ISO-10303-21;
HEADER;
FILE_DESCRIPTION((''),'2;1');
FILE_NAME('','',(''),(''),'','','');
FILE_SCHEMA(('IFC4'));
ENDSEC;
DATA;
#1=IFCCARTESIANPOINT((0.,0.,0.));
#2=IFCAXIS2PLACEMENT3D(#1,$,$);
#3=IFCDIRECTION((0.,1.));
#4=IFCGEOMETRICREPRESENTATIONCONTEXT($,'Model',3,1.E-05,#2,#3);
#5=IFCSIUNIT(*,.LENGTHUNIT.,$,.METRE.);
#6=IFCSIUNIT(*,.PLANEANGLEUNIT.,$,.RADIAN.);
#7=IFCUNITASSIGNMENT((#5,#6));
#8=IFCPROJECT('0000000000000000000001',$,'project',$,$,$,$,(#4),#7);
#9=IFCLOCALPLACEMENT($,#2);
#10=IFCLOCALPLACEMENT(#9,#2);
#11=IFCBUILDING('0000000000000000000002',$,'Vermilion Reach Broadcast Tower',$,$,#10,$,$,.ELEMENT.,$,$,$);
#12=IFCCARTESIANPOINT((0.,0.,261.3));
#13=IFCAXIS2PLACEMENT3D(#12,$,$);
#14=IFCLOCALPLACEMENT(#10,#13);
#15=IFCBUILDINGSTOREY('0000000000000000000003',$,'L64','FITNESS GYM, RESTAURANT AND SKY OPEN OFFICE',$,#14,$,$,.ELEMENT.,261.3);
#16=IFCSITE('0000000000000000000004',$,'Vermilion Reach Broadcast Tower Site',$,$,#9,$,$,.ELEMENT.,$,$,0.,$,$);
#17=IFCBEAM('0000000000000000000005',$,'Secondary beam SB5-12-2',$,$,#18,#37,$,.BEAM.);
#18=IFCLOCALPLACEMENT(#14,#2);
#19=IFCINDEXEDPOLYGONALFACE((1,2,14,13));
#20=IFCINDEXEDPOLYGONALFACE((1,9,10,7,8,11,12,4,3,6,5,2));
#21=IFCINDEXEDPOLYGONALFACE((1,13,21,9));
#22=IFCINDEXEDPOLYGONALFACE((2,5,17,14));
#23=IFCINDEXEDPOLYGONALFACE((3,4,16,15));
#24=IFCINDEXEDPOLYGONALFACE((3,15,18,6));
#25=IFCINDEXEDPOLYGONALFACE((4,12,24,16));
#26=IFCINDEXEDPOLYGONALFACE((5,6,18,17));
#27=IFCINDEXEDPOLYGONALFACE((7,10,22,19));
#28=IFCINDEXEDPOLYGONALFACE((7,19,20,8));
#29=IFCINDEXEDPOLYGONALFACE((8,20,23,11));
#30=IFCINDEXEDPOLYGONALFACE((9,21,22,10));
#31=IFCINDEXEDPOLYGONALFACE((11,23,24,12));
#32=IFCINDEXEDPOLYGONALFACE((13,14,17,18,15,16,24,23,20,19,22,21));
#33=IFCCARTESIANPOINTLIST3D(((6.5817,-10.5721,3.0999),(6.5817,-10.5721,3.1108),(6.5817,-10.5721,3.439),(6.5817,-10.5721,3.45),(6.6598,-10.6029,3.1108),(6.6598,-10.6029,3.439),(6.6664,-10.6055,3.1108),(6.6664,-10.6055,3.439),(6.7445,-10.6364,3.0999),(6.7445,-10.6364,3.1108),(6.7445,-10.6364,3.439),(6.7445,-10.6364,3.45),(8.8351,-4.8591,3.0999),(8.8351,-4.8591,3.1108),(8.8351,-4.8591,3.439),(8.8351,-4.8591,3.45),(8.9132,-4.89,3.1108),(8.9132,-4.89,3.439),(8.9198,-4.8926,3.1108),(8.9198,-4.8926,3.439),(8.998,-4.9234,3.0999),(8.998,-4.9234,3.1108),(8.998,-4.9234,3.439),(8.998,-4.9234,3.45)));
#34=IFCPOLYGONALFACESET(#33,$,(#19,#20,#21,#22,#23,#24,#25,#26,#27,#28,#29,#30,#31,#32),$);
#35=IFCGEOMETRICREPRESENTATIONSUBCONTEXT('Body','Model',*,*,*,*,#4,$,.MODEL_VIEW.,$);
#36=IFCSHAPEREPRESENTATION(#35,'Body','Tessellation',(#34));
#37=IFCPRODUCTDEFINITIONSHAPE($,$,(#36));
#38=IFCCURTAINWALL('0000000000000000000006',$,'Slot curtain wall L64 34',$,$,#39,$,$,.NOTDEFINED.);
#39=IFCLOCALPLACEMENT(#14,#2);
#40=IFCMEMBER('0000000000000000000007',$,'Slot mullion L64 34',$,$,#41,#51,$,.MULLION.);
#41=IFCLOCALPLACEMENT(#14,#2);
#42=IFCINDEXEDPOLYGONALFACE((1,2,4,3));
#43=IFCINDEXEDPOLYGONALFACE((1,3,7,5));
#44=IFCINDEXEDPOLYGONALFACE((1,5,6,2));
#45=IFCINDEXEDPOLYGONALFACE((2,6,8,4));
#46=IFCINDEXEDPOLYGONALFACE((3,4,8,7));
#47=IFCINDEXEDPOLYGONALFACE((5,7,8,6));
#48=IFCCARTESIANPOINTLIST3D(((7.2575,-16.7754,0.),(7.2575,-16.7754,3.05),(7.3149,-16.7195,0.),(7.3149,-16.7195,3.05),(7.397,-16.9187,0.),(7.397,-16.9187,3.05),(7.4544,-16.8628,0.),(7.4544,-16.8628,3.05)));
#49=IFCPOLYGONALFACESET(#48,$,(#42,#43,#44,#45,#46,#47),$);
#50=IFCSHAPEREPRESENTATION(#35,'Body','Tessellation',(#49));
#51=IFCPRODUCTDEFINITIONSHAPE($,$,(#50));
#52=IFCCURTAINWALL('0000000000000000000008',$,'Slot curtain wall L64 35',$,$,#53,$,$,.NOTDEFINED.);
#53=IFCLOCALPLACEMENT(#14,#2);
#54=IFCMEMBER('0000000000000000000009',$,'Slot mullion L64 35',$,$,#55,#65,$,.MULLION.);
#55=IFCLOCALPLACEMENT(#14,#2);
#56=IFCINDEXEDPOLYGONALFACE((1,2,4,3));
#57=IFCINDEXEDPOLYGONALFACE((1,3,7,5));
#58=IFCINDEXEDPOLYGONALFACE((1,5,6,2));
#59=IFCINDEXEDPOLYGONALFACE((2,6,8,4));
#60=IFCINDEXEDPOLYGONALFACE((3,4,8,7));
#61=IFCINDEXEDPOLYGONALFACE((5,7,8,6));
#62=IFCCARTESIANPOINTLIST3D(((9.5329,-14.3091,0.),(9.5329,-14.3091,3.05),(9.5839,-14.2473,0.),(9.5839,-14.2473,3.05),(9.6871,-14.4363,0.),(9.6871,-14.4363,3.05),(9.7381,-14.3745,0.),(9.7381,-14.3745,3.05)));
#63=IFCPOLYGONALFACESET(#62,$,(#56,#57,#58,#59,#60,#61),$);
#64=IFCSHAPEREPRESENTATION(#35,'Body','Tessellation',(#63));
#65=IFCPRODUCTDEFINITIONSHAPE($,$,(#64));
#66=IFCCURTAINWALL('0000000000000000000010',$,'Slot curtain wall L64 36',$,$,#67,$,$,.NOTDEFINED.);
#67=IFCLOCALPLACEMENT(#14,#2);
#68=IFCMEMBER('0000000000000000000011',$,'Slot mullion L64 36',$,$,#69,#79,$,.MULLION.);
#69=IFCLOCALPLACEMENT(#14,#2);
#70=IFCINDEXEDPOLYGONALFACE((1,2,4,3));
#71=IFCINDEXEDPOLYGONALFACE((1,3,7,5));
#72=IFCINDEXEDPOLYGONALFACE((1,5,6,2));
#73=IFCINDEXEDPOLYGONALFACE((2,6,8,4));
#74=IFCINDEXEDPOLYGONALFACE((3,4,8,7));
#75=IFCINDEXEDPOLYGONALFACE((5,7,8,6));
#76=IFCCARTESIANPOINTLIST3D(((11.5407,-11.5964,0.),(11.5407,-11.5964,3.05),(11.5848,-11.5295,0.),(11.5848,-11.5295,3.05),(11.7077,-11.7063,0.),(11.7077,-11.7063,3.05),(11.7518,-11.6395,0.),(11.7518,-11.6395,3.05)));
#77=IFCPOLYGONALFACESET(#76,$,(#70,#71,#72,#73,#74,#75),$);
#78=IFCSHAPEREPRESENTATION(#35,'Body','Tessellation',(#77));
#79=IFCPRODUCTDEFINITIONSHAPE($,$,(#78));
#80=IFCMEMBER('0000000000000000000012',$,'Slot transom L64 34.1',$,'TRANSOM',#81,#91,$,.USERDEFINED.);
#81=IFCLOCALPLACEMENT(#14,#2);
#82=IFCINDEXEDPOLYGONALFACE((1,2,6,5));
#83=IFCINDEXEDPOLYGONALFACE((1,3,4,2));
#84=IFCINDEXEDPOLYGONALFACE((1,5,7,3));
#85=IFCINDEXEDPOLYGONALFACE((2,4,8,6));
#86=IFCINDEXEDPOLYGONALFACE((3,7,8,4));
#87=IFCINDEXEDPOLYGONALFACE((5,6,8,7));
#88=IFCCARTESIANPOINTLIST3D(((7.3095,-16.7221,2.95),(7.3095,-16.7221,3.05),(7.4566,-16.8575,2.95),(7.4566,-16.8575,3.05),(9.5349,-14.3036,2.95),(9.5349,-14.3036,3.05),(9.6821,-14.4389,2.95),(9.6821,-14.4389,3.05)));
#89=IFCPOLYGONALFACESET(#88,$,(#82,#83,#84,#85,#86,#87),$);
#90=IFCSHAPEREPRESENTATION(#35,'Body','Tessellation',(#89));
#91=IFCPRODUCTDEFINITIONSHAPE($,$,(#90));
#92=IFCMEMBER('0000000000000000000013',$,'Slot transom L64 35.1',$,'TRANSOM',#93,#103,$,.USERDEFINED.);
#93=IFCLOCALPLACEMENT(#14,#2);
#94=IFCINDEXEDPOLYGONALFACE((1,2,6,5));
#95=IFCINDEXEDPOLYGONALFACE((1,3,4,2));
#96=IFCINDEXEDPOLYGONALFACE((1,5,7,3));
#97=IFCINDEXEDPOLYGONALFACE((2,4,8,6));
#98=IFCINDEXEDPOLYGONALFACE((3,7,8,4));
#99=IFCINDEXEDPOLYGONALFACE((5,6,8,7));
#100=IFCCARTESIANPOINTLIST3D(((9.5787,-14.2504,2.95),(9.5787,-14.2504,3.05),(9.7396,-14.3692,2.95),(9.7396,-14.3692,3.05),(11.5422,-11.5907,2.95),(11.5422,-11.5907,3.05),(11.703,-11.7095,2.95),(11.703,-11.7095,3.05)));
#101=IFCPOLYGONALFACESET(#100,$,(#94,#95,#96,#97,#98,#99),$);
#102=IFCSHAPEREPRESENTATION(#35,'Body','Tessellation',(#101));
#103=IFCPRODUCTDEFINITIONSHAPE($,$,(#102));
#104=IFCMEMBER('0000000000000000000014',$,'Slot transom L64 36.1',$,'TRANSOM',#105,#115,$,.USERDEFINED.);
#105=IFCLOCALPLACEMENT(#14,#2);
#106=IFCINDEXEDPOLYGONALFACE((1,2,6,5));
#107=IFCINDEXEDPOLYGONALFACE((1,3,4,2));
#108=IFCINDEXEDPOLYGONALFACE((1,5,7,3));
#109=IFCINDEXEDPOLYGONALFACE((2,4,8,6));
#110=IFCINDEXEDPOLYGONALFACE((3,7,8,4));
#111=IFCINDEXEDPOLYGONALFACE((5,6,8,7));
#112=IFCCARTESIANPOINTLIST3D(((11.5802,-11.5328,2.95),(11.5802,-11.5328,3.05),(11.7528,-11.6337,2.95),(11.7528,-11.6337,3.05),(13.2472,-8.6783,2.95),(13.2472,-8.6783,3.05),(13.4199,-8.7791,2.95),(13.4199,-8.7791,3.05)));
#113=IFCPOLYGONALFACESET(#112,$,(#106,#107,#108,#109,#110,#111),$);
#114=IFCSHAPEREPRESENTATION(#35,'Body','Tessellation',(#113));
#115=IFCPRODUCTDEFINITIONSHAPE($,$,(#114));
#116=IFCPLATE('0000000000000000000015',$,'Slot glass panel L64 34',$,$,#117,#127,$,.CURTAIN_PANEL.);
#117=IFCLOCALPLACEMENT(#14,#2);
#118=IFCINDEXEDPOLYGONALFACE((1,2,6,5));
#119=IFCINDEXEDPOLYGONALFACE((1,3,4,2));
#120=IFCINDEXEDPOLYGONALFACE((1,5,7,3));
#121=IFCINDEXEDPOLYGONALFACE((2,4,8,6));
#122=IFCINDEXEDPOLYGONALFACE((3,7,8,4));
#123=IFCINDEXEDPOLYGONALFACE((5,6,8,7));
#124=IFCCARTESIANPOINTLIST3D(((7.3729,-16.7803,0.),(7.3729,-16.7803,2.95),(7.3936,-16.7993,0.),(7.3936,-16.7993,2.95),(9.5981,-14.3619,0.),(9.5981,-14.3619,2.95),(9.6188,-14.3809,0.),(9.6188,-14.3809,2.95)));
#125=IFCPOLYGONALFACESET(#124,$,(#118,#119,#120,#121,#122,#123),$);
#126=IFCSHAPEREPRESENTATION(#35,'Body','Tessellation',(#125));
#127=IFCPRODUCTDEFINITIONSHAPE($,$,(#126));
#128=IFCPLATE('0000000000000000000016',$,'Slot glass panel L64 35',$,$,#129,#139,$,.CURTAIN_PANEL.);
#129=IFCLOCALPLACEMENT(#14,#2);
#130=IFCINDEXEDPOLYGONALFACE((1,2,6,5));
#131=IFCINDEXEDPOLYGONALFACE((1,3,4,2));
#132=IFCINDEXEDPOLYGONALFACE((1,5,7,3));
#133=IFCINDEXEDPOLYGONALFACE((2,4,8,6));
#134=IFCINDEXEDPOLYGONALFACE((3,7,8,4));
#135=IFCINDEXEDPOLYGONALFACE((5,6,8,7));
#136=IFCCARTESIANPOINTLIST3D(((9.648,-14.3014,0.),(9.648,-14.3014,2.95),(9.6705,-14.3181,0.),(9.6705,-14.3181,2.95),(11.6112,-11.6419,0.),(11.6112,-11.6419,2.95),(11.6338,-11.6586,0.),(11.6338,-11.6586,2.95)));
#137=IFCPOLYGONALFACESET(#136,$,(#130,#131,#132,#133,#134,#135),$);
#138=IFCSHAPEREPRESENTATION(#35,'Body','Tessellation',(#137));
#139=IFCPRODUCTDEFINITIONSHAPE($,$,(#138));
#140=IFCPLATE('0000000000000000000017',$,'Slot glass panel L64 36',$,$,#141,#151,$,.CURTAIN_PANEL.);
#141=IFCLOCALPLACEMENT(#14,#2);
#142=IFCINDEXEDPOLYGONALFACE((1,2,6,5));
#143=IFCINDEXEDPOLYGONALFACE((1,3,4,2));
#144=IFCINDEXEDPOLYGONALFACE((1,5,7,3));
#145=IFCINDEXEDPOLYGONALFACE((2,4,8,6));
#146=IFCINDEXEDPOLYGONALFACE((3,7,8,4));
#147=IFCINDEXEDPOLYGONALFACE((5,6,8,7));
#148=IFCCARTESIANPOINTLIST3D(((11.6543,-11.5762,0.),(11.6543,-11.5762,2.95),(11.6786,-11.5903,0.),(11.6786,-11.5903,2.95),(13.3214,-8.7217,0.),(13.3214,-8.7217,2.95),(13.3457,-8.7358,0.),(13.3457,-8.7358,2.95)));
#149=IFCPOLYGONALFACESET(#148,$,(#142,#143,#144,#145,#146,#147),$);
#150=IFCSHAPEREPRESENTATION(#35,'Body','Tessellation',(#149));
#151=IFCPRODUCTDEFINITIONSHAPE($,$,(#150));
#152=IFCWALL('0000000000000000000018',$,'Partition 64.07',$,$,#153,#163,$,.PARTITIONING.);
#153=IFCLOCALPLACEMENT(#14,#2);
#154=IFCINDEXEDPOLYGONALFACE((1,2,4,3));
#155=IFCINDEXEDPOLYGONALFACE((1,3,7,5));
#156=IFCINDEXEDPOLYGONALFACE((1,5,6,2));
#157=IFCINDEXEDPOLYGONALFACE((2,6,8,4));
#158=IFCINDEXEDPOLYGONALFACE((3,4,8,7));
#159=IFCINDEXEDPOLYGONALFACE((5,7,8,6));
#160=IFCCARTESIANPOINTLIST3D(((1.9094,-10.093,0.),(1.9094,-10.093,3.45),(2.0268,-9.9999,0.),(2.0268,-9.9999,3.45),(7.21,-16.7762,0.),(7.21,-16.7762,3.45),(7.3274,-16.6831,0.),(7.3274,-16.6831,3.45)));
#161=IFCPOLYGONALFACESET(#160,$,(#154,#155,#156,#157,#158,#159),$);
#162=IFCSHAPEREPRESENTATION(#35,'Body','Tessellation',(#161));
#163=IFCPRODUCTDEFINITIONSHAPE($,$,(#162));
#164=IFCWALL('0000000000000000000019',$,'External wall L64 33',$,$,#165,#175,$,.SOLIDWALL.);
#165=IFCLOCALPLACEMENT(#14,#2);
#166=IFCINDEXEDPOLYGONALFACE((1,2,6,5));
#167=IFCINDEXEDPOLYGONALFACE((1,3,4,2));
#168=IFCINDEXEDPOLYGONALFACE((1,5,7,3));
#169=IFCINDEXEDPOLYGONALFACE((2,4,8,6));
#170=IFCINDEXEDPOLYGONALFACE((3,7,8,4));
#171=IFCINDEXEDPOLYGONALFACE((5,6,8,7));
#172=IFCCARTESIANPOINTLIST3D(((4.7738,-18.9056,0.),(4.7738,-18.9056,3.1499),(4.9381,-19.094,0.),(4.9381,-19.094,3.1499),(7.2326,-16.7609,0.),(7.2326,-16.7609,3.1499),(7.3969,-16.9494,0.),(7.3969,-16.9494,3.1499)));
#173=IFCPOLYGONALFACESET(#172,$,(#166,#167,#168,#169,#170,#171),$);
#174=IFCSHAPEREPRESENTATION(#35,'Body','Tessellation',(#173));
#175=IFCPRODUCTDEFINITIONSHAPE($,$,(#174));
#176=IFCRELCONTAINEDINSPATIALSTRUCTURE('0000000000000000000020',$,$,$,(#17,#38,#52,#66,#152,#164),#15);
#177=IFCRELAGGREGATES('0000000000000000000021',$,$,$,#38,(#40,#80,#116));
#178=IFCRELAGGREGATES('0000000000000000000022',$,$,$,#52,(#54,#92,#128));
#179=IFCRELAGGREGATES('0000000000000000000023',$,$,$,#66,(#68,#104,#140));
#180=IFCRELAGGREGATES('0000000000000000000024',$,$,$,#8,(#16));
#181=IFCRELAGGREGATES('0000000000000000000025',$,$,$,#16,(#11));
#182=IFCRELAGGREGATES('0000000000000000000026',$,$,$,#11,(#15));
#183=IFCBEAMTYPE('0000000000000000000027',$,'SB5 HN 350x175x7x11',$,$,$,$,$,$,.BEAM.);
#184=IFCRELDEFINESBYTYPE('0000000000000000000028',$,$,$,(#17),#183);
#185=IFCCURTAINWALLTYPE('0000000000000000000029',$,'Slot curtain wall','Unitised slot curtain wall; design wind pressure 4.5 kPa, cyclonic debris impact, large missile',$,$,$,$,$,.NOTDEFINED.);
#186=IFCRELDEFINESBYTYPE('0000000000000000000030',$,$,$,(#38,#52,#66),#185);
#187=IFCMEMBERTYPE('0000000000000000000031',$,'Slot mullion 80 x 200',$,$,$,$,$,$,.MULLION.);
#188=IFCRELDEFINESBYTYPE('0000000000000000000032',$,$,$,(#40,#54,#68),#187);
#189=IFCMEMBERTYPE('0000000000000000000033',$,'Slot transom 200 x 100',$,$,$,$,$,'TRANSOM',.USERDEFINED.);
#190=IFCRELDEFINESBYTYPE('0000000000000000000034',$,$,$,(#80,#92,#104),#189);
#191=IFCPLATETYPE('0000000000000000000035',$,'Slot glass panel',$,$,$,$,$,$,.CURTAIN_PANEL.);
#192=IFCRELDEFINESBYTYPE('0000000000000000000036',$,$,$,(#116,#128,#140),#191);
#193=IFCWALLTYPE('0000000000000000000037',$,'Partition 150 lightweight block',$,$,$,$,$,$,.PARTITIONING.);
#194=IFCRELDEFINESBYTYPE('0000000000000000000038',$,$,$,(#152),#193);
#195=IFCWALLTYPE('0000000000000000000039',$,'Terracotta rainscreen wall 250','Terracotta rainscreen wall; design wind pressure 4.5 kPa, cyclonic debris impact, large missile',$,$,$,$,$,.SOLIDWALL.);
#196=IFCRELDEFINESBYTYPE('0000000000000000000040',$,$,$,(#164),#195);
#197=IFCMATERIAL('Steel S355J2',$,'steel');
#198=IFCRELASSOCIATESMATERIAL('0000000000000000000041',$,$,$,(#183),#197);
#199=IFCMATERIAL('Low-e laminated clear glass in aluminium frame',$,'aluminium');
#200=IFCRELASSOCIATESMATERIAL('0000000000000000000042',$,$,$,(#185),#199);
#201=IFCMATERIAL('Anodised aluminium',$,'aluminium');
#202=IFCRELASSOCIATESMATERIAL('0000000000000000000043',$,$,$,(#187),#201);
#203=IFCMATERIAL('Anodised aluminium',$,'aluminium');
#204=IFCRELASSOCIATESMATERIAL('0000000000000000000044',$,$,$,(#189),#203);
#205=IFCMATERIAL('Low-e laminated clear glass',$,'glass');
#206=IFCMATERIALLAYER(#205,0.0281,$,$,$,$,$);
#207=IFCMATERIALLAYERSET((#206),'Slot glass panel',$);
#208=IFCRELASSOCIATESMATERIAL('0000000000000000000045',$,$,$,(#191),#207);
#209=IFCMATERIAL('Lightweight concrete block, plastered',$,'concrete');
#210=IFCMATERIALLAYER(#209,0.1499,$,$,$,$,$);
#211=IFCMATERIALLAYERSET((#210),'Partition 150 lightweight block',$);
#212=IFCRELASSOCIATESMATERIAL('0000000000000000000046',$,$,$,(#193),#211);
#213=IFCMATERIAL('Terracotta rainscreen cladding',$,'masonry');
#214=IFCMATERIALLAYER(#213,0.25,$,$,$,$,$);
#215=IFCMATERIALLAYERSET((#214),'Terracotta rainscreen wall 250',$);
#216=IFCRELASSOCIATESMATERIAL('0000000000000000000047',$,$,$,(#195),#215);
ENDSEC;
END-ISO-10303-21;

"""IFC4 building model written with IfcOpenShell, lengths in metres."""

from ifc_helpers import new_model, si_unit, direction, frame, frame_2d, origin, origin_2d, place, context, subcontext, project, spatial, rectangle, i_section, extrude, material, layer, layer_set, material_profile, profile_set, type_object, element, aggregate, save


model = new_model("IFC4")

# Units and contexts
model_context = context("Model", 3, precision=1e-05, world=origin(), true_north=direction((0.0, 1.0)))
body_context = subcontext(model_context, "Body", "Model", "MODEL_VIEW")
ifc_project = project(units=[si_unit("LENGTHUNIT", "METRE"), si_unit("PLANEANGLEUNIT", "RADIAN")], contexts=[model_context])

# Site, building, storey
site_placement = place(None, origin())
site = spatial("IfcSite", under=ifc_project, at=site_placement, Name="Vermilion Reach Broadcast Tower Site", CompositionType="ELEMENT", RefElevation=0.0)
building_placement = place(site_placement, origin())
building = spatial("IfcBuilding", under=site, at=building_placement, Name="Vermilion Reach Broadcast Tower", CompositionType="ELEMENT")
storey_placement = place(building_placement, frame((0.0, 0.0, 261.3)))
storey = spatial("IfcBuildingStorey", under=building, at=storey_placement, Name="L64", Description="FITNESS GYM, RESTAURANT AND SKY OPEN OFFICE", CompositionType="ELEMENT", Elevation=261.3)

# Beam
ifc_material_1 = material(Name="Steel S355J2", Category="steel")
ifc_material_profile_1 = material_profile(ifc_material_1, i_section(OverallWidth=0.175, OverallDepth=0.3501, WebThickness=0.0071, FlangeThickness=0.011, at=origin_2d()), Name="S355J2 HN 350x175x7x11")
ifc_profile_set_1 = profile_set([ifc_material_profile_1], Name="Steel S355J2")
beam_type_1 = type_object("IfcBeamType", Name="SB5 HN 350x175x7x11", PredefinedType="BEAM", material=ifc_profile_set_1)
beam_1_placement = place(storey_placement, frame((6.6631, -10.6042, 3.2749), z_axis=(0.366931, 0.930248, 0.0), x_axis=(-0.930248, 0.366931, 0.0)))
element("IfcBeam", 1, at=beam_1_placement, inside=storey, type_object=beam_type_1, Name="Secondary beam SB5-12-2", PredefinedType="BEAM", context=body_context, shape_type="SweptSolid", body=[
    extrude(i_section(OverallWidth=0.175, OverallDepth=0.3501, WebThickness=0.0071, FlangeThickness=0.011, at=origin_2d()), origin(), (0.0, 0.0, 1.0), 6.1414),
])

# Curtain walls, members
ifc_material_2 = material(Name="Low-e laminated clear glass in aluminium frame", Category="aluminium")
curtain_wall_type = type_object("IfcCurtainWallType", Name="Slot curtain wall", Description="Unitised slot curtain wall; design wind pressure 4.5 kPa, cyclonic debris impact, large missile", PredefinedType="NOTDEFINED", material=ifc_material_2)
placement = place(storey_placement, origin())
curtain_wall_1 = element("IfcCurtainWall", 2, at=placement, inside=storey, type_object=curtain_wall_type, Name="Slot curtain wall L64 34", PredefinedType="NOTDEFINED")
ifc_material_3 = material(Name="Anodised aluminium", Category="aluminium")
ifc_material_profile_2 = material_profile(ifc_material_3, rectangle(XDim=0.2, YDim=0.0801, at=origin_2d()), Name="Slot mullion 80 x 200")
ifc_profile_set_2 = profile_set([ifc_material_profile_2], Name="Anodised aluminium")
member_type_1 = type_object("IfcMemberType", Name="Slot mullion 80 x 200", PredefinedType="MULLION", material=ifc_profile_set_2)
member_1_placement = place(storey_placement, frame((7.356, -16.8191, 0.0), z_axis=(0.0, 0.0, 1.0), x_axis=(-0.697653, 0.716436, 0.0)))
member_1 = element("IfcMember", 3, at=member_1_placement, type_object=member_type_1, Name="Slot mullion L64 34", PredefinedType="MULLION", context=body_context, shape_type="SweptSolid", body=[
    extrude(rectangle(XDim=0.2, YDim=0.0801, at=origin_2d()), origin(), (0.0, 0.0, 1.0), 3.05),
])
curtain_wall_2 = element("IfcCurtainWall", 4, at=placement, inside=storey, type_object=curtain_wall_type, Name="Slot curtain wall L64 35", PredefinedType="NOTDEFINED")
member_2_placement = place(storey_placement, frame((9.6355, -14.3418, 0.0), z_axis=(0.0, 0.0, 1.0), x_axis=(-0.771337, 0.636427, 0.0)))
member_2 = element("IfcMember", 5, at=member_2_placement, type_object=member_type_1, Name="Slot mullion L64 35", PredefinedType="MULLION", context=body_context, shape_type="SweptSolid", body=[
    extrude(rectangle(XDim=0.2, YDim=0.0801, at=origin_2d()), origin(), (0.0, 0.0, 1.0), 3.05),
])
curtain_wall_3 = element("IfcCurtainWall", 6, at=placement, inside=storey, type_object=curtain_wall_type, Name="Slot curtain wall L64 36", PredefinedType="NOTDEFINED")
member_3_placement = place(storey_placement, frame((11.6462, -11.6179, 0.0), z_axis=(0.0, 0.0, 1.0), x_axis=(-0.835232, 0.549898, 0.0)))
member_3 = element("IfcMember", 7, at=member_3_placement, type_object=member_type_1, Name="Slot mullion L64 36", PredefinedType="MULLION", context=body_context, shape_type="SweptSolid", body=[
    extrude(rectangle(XDim=0.2, YDim=0.0801, at=origin_2d()), origin(), (0.0, 0.0, 1.0), 3.05),
])

# Members
ifc_material_4 = material(Name="Anodised aluminium", Category="aluminium")
ifc_material_profile_3 = material_profile(ifc_material_4, rectangle(XDim=0.2, YDim=0.1001, at=origin_2d()), Name="Slot transom 200 x 100")
ifc_profile_set_3 = profile_set([ifc_material_profile_3], Name="Anodised aluminium")
member_type_2 = type_object("IfcMemberType", Name="Slot transom 200 x 100", ElementType="TRANSOM", PredefinedType="USERDEFINED", material=ifc_profile_set_3)
member_4_placement = place(storey_placement, frame((7.3831, -16.7898, 3.0), z_axis=(0.677116, 0.735876, 0.0), x_axis=(-0.735876, 0.677116, 0.0)))
member_4 = element("IfcMember", 8, at=member_4_placement, type_object=member_type_2, Name="Slot transom L64 34.1", ObjectType="TRANSOM", PredefinedType="USERDEFINED", context=body_context, shape_type="SweptSolid", body=[
    extrude(rectangle(XDim=0.2, YDim=0.1001, at=origin_2d()), origin(), (0.0, 0.0, 1.0), 3.2866),
])
member_5_placement = place(storey_placement, frame((9.6592, -14.3098, 3.0), z_axis=(0.593909, 0.804532, 0.0), x_axis=(-0.804532, 0.593909, 0.0)))
member_5 = element("IfcMember", 9, at=member_5_placement, type_object=member_type_2, Name="Slot transom L64 35.1", ObjectType="TRANSOM", PredefinedType="USERDEFINED", context=body_context, shape_type="SweptSolid", body=[
    extrude(rectangle(XDim=0.2, YDim=0.1001, at=origin_2d()), origin(), (0.0, 0.0, 1.0), 3.3059),
])
member_6_placement = place(storey_placement, frame((11.6665, -11.5833, 3.0), z_axis=(0.504293, 0.863532, 0.0), x_axis=(-0.863532, 0.504293, 0.0)))
member_6 = element("IfcMember", 10, at=member_6_placement, type_object=member_type_2, Name="Slot transom L64 36.1", ObjectType="TRANSOM", PredefinedType="USERDEFINED", context=body_context, shape_type="SweptSolid", body=[
    extrude(rectangle(XDim=0.2, YDim=0.1001, at=origin_2d()), origin(), (0.0, 0.0, 1.0), 3.3057),
])

# Plates
ifc_material_5 = material(Name="Low-e laminated clear glass", Category="glass")
ifc_layer_1 = layer(ifc_material_5, 0.0281)
ifc_layer_set_1 = layer_set([ifc_layer_1], Name="Slot glass panel")
plate_type = type_object("IfcPlateType", Name="Slot glass panel", PredefinedType="CURTAIN_PANEL", material=ifc_layer_set_1)
plate_1_placement = place(storey_placement, frame((8.4958, -15.5806, 0.0), z_axis=(0.0, 0.0, 1.0), x_axis=(0.677101, 0.73589, 0.0)))
plate_1 = element("IfcPlate", 11, at=plate_1_placement, type_object=plate_type, Name="Slot glass panel L64 34", PredefinedType="CURTAIN_PANEL", context=body_context, shape_type="SweptSolid", body=[
    extrude(rectangle(XDim=3.2864, YDim=0.0281, at=origin_2d()), origin(), (0.0, 0.0, 1.0), 2.95),
])
aggregate(curtain_wall_1, [member_1, member_4, plate_1])
plate_2_placement = place(storey_placement, frame((10.6409, -12.98, 0.0), z_axis=(0.0, 0.0, 1.0), x_axis=(0.593901, 0.804538, 0.0)))
plate_2 = element("IfcPlate", 12, at=plate_2_placement, type_object=plate_type, Name="Slot glass panel L64 35", PredefinedType="CURTAIN_PANEL", context=body_context, shape_type="SweptSolid", body=[
    extrude(rectangle(XDim=3.3057, YDim=0.0281, at=origin_2d()), origin(), (0.0, 0.0, 1.0), 2.95),
])
aggregate(curtain_wall_2, [member_2, member_5, plate_2])
plate_3_placement = place(storey_placement, frame((12.5, -10.156, 0.0), z_axis=(0.0, 0.0, 1.0), x_axis=(0.504312, 0.863522, 0.0)))
plate_3 = element("IfcPlate", 13, at=plate_3_placement, type_object=plate_type, Name="Slot glass panel L64 36", PredefinedType="CURTAIN_PANEL", context=body_context, shape_type="SweptSolid", body=[
    extrude(rectangle(XDim=3.3057, YDim=0.0281, at=origin_2d()), origin(), (0.0, 0.0, 1.0), 2.95),
])
aggregate(curtain_wall_3, [member_3, member_6, plate_3])

# Walls
ifc_material_6 = material(Name="Lightweight concrete block, plastered", Category="concrete")
ifc_layer_2 = layer(ifc_material_6, 0.1499)
ifc_layer_set_2 = layer_set([ifc_layer_2], Name="Partition 150 lightweight block")
wall_type_1 = type_object("IfcWallType", Name="Partition 150 lightweight block", PredefinedType="PARTITIONING", material=ifc_layer_set_2)
wall_1_placement = place(storey_placement, frame((7.2688, -16.7297, 0.0), z_axis=(0.0, 0.0, 1.0), x_axis=(-0.621405, 0.78349, 0.0)))
element("IfcWall", 14, at=wall_1_placement, inside=storey, type_object=wall_type_1, Name="Partition 64.07", PredefinedType="PARTITIONING", context=body_context, shape_type="SweptSolid", body=[
    extrude(rectangle(XDim=8.53, YDim=0.1499, at=frame_2d((4.2651, 0.0))), origin(), (0.0, 0.0, 1.0), 3.45),
])
ifc_material_7 = material(Name="Terracotta rainscreen cladding", Category="masonry")
ifc_layer_3 = layer(ifc_material_7, 0.25)
ifc_layer_set_3 = layer_set([ifc_layer_3], Name="Terracotta rainscreen wall 250")
wall_type_2 = type_object("IfcWallType", Name="Terracotta rainscreen wall 250", Description="Terracotta rainscreen wall; design wind pressure 4.5 kPa, cyclonic debris impact, large missile", PredefinedType="SOLIDWALL", material=ifc_layer_set_3)
wall_2_placement = place(storey_placement, frame((4.856, -18.9998, 0.0), z_axis=(0.0, 0.0, 1.0), x_axis=(0.753619, 0.657312, 0.0)))
element("IfcWall", 15, at=wall_2_placement, inside=storey, type_object=wall_type_2, Name="External wall L64 33", PredefinedType="SOLIDWALL", context=body_context, shape_type="SweptSolid", body=[
    extrude(rectangle(XDim=3.2627, YDim=0.25, at=frame_2d((1.6313, 0.0))), origin(), (0.0, 0.0, 1.0), 3.1499),
])

save(model, "model.ifc")
